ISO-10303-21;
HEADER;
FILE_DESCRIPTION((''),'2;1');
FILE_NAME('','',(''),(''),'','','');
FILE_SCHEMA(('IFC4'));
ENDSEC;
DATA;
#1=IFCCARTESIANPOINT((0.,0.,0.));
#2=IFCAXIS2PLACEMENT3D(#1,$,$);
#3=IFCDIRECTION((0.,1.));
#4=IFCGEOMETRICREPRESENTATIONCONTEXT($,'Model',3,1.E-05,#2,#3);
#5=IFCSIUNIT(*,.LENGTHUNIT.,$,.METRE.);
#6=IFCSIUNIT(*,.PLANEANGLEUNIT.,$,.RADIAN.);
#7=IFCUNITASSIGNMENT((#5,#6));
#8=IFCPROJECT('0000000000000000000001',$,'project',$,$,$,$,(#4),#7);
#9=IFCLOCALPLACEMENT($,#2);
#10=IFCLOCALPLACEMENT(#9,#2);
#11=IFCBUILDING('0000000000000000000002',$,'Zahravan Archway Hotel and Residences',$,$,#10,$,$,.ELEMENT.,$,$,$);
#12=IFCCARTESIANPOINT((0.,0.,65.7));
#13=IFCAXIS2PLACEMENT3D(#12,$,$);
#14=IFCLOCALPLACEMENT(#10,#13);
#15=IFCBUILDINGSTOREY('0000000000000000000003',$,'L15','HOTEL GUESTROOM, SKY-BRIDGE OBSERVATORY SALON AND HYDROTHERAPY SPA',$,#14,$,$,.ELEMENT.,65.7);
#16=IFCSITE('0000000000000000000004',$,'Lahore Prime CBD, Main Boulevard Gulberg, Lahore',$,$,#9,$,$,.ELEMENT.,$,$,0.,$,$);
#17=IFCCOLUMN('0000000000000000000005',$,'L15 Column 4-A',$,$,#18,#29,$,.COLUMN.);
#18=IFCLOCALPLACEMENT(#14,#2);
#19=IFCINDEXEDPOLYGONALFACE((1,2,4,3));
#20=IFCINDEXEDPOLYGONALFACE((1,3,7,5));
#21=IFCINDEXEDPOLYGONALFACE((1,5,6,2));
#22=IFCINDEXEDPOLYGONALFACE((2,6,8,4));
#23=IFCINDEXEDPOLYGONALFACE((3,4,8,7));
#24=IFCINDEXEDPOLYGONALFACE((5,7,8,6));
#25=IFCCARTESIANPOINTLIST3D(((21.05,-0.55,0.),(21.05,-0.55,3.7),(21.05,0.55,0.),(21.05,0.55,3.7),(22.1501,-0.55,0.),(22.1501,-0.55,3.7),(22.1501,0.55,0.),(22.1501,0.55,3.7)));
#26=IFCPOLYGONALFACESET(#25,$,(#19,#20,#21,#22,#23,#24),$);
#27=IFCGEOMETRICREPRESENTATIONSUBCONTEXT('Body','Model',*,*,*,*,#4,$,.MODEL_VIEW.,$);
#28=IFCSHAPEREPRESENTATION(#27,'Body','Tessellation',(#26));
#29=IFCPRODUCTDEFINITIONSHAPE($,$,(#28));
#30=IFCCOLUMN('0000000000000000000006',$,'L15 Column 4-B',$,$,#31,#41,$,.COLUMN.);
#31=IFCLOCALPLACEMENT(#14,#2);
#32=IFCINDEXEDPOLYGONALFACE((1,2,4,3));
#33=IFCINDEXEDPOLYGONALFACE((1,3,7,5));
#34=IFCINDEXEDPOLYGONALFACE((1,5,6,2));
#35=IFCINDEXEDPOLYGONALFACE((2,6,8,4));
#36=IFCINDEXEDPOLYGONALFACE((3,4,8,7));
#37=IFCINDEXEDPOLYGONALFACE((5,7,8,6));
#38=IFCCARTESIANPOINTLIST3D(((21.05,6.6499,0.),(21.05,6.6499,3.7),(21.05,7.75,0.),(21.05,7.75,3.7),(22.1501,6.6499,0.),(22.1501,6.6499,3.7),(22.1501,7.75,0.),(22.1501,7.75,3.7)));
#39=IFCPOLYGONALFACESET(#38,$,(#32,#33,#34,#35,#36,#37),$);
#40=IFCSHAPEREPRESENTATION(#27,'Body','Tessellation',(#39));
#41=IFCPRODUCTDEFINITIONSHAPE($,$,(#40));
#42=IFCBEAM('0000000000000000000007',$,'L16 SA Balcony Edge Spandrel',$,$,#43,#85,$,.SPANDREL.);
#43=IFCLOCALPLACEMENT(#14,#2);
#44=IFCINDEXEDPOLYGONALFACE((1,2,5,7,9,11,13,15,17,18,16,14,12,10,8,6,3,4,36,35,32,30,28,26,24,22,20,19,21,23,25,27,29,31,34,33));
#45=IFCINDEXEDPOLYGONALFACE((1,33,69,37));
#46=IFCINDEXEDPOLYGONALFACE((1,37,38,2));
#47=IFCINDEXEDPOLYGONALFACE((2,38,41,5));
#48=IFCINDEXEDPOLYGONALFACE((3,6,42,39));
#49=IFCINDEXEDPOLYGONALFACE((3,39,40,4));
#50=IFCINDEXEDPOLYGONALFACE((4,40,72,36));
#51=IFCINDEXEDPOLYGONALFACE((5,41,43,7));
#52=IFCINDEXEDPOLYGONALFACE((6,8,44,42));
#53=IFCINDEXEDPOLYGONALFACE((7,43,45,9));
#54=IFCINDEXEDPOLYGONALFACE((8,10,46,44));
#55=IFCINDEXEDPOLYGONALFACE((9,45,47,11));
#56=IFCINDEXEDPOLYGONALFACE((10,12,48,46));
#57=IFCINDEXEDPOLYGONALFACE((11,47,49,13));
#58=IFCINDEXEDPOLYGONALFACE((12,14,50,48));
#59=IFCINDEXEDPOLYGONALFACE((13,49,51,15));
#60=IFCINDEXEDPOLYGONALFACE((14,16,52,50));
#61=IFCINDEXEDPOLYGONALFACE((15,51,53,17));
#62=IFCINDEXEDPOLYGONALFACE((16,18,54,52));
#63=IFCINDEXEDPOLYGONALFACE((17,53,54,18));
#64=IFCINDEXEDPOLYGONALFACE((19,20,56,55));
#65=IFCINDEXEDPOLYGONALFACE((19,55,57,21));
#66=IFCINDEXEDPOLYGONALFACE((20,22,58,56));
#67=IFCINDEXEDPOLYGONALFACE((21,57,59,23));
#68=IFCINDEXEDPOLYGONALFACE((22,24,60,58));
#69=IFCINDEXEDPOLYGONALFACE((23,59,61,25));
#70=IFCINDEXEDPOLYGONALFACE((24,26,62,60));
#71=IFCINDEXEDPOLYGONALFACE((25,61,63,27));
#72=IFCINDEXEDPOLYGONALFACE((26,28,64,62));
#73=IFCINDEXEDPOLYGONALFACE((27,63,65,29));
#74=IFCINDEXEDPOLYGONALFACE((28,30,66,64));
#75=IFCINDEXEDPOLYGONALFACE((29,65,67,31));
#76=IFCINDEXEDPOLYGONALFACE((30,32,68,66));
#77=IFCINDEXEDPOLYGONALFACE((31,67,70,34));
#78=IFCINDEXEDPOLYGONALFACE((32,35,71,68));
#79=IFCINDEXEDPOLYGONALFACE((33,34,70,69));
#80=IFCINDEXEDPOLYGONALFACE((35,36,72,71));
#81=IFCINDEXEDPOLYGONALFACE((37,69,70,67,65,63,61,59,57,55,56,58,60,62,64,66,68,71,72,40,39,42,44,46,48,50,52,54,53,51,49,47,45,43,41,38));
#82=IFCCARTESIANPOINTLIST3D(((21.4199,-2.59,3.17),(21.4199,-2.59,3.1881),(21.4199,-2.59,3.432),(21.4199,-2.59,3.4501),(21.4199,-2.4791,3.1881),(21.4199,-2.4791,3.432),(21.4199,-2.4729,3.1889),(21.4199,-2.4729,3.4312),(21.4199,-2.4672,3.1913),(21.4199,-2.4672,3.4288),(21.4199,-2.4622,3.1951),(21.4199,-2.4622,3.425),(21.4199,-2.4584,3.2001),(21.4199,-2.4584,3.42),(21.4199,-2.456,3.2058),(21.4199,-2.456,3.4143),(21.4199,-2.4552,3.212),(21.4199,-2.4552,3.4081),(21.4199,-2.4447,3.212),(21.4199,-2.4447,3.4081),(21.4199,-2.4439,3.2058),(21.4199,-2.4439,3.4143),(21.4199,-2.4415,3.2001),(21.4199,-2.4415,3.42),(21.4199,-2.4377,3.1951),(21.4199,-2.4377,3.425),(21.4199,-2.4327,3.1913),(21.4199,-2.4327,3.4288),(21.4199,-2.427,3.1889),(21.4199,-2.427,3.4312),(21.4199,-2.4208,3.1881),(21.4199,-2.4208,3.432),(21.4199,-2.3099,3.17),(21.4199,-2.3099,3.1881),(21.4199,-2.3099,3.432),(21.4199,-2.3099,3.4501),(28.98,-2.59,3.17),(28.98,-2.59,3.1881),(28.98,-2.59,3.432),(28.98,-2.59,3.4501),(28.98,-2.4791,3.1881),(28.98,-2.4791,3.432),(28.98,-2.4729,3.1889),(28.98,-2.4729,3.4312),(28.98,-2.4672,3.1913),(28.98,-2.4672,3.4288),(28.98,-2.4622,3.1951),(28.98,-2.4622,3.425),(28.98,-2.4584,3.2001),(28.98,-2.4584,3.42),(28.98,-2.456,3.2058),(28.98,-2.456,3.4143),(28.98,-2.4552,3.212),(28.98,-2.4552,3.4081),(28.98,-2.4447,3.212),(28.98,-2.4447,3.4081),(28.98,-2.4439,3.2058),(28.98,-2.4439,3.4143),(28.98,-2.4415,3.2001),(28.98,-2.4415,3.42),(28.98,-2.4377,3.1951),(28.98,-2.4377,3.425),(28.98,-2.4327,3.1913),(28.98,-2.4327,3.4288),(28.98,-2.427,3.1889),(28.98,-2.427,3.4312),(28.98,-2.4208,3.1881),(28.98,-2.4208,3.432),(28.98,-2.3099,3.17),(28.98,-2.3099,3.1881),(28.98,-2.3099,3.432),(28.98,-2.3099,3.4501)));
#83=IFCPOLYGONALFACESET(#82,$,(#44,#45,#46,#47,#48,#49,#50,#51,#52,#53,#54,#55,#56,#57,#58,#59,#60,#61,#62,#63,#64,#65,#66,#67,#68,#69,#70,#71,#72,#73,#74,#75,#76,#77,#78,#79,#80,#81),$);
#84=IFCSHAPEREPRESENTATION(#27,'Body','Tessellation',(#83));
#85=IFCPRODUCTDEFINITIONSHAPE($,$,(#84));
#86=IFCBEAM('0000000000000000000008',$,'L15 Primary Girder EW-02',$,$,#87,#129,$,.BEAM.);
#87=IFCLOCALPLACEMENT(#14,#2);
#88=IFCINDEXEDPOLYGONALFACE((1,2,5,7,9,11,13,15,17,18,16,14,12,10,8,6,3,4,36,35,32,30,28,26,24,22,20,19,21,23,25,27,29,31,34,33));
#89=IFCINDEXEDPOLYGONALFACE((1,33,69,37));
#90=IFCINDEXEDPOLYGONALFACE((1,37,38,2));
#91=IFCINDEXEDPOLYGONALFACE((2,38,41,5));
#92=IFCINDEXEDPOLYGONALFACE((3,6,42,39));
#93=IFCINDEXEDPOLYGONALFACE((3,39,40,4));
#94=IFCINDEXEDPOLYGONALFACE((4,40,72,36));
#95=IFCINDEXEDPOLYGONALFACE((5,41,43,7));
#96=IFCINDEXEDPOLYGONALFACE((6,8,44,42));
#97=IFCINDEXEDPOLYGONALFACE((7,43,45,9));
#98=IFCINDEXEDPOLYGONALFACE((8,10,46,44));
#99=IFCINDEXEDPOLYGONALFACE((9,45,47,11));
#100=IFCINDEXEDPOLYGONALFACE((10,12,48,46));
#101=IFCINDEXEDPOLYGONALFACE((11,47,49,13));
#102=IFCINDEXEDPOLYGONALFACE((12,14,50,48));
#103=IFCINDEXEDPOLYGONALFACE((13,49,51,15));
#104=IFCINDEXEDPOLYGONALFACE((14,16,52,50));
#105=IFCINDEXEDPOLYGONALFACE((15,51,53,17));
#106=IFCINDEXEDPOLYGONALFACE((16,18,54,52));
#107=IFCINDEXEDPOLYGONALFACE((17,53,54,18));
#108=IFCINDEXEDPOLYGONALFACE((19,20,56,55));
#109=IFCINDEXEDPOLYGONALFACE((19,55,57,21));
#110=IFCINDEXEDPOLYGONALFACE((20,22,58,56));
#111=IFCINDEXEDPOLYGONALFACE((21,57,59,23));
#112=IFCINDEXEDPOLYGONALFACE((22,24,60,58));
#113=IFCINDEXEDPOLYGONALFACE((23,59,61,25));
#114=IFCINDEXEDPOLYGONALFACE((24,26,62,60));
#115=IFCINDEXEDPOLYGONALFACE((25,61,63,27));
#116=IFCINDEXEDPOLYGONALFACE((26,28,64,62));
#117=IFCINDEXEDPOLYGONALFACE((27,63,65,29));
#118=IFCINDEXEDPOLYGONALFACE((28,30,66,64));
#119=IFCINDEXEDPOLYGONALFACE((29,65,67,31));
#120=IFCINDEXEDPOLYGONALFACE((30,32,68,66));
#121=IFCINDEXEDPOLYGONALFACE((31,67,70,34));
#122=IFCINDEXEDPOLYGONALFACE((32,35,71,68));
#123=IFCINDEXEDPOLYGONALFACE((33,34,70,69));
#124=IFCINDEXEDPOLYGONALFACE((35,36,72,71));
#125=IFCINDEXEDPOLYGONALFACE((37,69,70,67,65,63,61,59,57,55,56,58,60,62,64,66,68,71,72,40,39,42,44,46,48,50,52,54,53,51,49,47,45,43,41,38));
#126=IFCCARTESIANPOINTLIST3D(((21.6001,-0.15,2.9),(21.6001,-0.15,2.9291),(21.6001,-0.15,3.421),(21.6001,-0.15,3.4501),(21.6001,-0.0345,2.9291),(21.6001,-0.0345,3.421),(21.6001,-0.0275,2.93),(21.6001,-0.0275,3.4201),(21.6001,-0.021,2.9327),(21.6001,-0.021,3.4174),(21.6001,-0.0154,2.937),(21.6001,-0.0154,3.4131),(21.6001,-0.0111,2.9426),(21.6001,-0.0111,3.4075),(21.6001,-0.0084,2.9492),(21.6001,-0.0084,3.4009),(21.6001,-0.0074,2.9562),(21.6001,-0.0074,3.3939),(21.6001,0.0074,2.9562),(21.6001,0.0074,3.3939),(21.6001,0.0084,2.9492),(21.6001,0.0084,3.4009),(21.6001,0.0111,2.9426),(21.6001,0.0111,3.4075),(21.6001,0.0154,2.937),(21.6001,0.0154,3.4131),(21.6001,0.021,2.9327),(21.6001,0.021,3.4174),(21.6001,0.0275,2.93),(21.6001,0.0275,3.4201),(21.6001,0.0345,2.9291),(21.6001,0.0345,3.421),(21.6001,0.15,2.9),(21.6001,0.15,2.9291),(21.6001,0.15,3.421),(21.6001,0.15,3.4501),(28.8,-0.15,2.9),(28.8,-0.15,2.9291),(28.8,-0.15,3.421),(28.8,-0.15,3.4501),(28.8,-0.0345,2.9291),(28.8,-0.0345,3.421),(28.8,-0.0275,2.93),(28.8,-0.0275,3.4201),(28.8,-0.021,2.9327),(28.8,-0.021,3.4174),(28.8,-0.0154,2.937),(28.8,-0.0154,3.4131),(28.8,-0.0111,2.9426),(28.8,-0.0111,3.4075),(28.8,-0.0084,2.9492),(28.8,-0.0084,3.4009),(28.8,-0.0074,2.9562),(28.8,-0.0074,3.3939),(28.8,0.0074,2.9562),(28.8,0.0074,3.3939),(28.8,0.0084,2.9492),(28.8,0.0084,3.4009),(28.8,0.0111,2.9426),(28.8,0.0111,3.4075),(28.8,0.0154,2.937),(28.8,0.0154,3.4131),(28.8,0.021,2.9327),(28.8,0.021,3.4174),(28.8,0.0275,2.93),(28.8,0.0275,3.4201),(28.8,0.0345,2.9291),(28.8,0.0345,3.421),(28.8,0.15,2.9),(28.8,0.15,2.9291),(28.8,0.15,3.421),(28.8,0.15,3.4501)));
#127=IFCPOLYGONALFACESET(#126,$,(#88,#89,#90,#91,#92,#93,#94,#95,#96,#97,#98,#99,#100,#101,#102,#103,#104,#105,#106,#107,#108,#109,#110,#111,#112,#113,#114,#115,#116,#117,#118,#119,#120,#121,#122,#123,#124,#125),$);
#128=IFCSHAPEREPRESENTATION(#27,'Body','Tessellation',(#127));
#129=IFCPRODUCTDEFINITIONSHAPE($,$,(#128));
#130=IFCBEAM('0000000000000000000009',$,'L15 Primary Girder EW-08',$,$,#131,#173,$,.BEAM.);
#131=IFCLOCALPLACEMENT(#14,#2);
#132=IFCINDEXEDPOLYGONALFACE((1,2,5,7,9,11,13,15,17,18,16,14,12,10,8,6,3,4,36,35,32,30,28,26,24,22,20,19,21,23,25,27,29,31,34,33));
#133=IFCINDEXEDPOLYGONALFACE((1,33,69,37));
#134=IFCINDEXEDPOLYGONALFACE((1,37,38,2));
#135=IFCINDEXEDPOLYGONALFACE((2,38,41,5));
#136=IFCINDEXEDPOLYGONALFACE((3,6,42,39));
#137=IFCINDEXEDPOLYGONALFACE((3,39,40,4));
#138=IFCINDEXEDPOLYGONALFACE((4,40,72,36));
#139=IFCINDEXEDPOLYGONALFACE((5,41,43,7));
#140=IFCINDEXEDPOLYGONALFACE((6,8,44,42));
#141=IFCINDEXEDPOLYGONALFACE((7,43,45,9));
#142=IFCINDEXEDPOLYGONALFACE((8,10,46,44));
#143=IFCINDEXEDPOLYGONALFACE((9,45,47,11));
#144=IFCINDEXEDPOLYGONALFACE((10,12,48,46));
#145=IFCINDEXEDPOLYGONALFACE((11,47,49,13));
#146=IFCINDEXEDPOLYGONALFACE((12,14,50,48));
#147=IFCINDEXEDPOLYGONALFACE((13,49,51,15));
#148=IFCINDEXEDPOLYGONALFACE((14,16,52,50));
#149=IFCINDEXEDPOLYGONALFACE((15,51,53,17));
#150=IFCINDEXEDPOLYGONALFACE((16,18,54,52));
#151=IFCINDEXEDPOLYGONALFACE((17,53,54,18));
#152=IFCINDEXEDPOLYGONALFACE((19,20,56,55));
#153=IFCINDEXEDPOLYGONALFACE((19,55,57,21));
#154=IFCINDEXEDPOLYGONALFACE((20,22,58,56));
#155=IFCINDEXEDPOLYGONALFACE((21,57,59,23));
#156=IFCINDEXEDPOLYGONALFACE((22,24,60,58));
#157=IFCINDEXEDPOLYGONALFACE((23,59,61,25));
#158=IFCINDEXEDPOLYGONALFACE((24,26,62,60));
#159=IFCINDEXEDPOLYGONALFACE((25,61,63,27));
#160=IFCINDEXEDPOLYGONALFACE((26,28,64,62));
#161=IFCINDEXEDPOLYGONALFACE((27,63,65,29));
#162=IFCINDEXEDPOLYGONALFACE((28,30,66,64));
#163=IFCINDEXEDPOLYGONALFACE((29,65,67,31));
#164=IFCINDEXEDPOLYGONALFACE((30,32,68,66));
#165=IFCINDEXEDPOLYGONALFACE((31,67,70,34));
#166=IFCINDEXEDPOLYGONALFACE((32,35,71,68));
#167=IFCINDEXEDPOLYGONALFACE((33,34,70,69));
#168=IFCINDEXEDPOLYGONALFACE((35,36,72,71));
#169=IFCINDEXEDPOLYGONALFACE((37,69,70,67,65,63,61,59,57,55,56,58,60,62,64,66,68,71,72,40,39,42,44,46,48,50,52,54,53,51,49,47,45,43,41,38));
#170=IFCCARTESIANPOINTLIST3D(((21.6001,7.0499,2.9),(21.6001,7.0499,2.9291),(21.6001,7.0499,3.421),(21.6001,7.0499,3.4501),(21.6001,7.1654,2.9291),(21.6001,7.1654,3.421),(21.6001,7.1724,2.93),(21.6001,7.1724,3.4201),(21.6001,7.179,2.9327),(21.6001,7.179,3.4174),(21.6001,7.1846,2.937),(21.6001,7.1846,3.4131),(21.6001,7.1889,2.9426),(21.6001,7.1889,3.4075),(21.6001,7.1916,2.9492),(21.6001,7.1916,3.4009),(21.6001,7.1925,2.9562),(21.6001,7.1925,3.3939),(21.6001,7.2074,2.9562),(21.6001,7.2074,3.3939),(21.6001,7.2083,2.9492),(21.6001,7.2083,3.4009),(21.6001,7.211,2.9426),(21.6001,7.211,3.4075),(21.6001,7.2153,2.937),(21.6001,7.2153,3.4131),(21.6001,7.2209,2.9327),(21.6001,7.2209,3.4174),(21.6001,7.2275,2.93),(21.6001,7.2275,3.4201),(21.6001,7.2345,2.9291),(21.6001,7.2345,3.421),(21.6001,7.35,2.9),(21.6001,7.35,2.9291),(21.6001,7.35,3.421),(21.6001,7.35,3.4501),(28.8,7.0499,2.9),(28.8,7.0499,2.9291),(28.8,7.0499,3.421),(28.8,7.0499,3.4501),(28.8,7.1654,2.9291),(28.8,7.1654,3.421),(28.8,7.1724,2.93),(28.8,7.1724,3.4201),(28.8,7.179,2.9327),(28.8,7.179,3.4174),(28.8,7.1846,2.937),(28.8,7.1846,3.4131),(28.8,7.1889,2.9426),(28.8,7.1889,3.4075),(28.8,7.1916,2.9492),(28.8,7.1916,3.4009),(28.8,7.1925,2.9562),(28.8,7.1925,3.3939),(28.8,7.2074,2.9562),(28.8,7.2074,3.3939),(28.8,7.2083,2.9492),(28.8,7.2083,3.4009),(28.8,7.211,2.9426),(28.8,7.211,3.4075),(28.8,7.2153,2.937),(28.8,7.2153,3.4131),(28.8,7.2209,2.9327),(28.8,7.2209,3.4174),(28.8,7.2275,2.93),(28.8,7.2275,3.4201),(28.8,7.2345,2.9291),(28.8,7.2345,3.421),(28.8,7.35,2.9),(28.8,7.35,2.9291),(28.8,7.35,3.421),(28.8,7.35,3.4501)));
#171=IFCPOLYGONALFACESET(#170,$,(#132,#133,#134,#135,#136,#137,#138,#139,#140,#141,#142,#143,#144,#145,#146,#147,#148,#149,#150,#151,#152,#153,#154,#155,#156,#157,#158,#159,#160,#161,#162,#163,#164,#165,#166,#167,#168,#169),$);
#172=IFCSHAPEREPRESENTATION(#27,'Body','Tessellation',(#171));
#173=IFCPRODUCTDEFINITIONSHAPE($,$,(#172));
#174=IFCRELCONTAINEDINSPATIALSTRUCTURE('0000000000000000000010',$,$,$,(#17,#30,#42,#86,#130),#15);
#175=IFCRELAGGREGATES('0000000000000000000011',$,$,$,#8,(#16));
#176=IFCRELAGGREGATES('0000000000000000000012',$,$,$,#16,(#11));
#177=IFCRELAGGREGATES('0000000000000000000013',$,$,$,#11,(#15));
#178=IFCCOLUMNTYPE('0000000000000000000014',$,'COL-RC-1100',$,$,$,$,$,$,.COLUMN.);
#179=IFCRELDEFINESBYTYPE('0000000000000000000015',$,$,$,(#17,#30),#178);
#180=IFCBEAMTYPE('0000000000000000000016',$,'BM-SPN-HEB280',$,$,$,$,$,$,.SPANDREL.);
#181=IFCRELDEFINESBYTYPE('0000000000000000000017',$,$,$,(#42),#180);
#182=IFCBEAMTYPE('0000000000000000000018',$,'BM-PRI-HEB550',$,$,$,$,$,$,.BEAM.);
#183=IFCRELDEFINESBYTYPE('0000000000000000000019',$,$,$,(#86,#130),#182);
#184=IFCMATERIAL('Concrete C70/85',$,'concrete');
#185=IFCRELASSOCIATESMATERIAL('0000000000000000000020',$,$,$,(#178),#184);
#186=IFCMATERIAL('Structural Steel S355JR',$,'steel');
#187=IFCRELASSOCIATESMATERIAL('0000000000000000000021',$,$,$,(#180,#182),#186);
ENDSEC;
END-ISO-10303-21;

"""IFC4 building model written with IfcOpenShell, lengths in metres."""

from ifc_helpers import new_model, si_unit, direction, frame, origin, origin_2d, place, context, subcontext, project, spatial, rectangle, i_section, extrude, source, transform, mapped, material, material_profile, profile_set, type_object, type_shapes, element, save


model = new_model("IFC4")

# Units and contexts
model_context = context("Model", 3, precision=1e-05, world=origin(), true_north=direction((0.0, 1.0)))
body_context = subcontext(model_context, "Body", "Model", "MODEL_VIEW")
ifc_project = project(units=[si_unit("LENGTHUNIT", "METRE"), si_unit("PLANEANGLEUNIT", "RADIAN")], contexts=[model_context])

# Site, building, storey
site_placement = place(None, origin())
site = spatial("IfcSite", under=ifc_project, at=site_placement, Name="Lahore Prime CBD, Main Boulevard Gulberg, Lahore", CompositionType="ELEMENT", RefElevation=0.0)
building_placement = place(site_placement, origin())
building = spatial("IfcBuilding", under=site, at=building_placement, Name="Zahravan Archway Hotel and Residences", CompositionType="ELEMENT")
storey_placement = place(building_placement, frame((0.0, 0.0, 65.7)))
storey = spatial("IfcBuildingStorey", under=building, at=storey_placement, Name="L15", Description="HOTEL GUESTROOM, SKY-BRIDGE OBSERVATORY SALON AND HYDROTHERAPY SPA", CompositionType="ELEMENT", Elevation=65.7)

# Columns
ifc_material_1 = material(Name="Concrete C70/85", Category="concrete")
ifc_material_profile_1 = material_profile(ifc_material_1, rectangle(XDim=1.1001, YDim=1.1001, at=origin_2d()), Name="RC 1100x1100", Category="concrete")
ifc_profile_set_1 = profile_set([ifc_material_profile_1], Name="Concrete C70/85")
column_type = type_object("IfcColumnType", Name="COL-RC-1100", PredefinedType="COLUMN", material=ifc_profile_set_1)
shared_shape_1 = source(origin(), body_context, "Body", "SweptSolid", [
    extrude(rectangle(XDim=1.1001, YDim=1.1001, at=origin_2d()), origin(), (0.0, 0.0, 1.0), 3.7),
])
for number, where, z_axis, x_axis, name in (
    (1, (21.6001, 0.0, 0.0), (0.0, 0.0, 1.0), (1.0, 0.0, 0.0), "L15 Column 4-A"),
    (2, (21.6001, 7.2, 0.0), (0.0, 0.0, 1.0), (1.0, 0.0, 0.0), "L15 Column 4-B"),
):
    element("IfcColumn", number, at=place(storey_placement, frame(where, z_axis=z_axis, x_axis=x_axis)), inside=storey, type_object=column_type, Name=name, PredefinedType="COLUMN", context=body_context, shape_type="MappedRepresentation", body=[
        mapped(shared_shape_1, transform((0.0, 0.0, 0.0), scale=1.0)),
    ])

# Beams
ifc_material_2 = material(Name="Structural Steel S355JR", Category="steel")
ifc_material_profile_2 = material_profile(ifc_material_2, i_section(OverallWidth=0.28, OverallDepth=0.28, WebThickness=0.0105, FlangeThickness=0.0181, FilletRadius=0.0239, at=origin_2d()), Name="HEB 280", Category="steel")
ifc_profile_set_2 = profile_set([ifc_material_profile_2], Name="Structural Steel S355JR")
beam_type_1 = type_object("IfcBeamType", Name="BM-SPN-HEB280", PredefinedType="SPANDREL", material=ifc_profile_set_2)
shared_shape_2 = source(origin(), body_context, "Body", "SweptSolid", [
    extrude(i_section(OverallWidth=0.28, OverallDepth=0.28, WebThickness=0.0105, FlangeThickness=0.0181, FilletRadius=0.0239, at=origin_2d()), origin(), (0.0, 0.0, 1.0), 7.5601),
])
type_shapes(beam_type_1, [shared_shape_2])
beam_1_placement = place(storey_placement, frame((21.4199, -2.45, 3.3101), z_axis=(1.0, 0.0, 0.0), x_axis=(0.0, 1.0, 0.0)))
element("IfcBeam", 3, at=beam_1_placement, inside=storey, type_object=beam_type_1, Name="L16 SA Balcony Edge Spandrel", PredefinedType="SPANDREL", context=body_context, shape_type="MappedRepresentation", body=[
    mapped(shared_shape_2, transform((0.0, 0.0, 0.0), scale=1.0)),
])
ifc_material_profile_3 = material_profile(ifc_material_2, i_section(OverallWidth=0.3, OverallDepth=0.55, WebThickness=0.0149, FlangeThickness=0.0291, FilletRadius=0.0271, at=origin_2d()), Name="HEB 550", Category="steel")
ifc_profile_set_3 = profile_set([ifc_material_profile_3], Name="Structural Steel S355JR")
beam_type_2 = type_object("IfcBeamType", Name="BM-PRI-HEB550", PredefinedType="BEAM", material=ifc_profile_set_3)
shared_shape_3 = source(origin(), body_context, "Body", "SweptSolid", [
    extrude(i_section(OverallWidth=0.3, OverallDepth=0.55, WebThickness=0.0149, FlangeThickness=0.0291, FilletRadius=0.0271, at=origin_2d()), origin(), (0.0, 0.0, 1.0), 7.2),
])
for number, where, z_axis, x_axis, name in (
    (4, (21.6001, 0.0, 3.175), (1.0, 0.0, 0.0), (0.0, 1.0, 0.0), "L15 Primary Girder EW-02"),
    (5, (21.6001, 7.2, 3.175), (1.0, 0.0, 0.0), (0.0, 1.0, 0.0), "L15 Primary Girder EW-08"),
):
    element("IfcBeam", number, at=place(storey_placement, frame(where, z_axis=z_axis, x_axis=x_axis)), inside=storey, type_object=beam_type_2, Name=name, PredefinedType="BEAM", context=body_context, shape_type="MappedRepresentation", body=[
        mapped(shared_shape_3, transform((0.0, 0.0, 0.0), scale=1.0)),
    ])

save(model, "model.ifc")
